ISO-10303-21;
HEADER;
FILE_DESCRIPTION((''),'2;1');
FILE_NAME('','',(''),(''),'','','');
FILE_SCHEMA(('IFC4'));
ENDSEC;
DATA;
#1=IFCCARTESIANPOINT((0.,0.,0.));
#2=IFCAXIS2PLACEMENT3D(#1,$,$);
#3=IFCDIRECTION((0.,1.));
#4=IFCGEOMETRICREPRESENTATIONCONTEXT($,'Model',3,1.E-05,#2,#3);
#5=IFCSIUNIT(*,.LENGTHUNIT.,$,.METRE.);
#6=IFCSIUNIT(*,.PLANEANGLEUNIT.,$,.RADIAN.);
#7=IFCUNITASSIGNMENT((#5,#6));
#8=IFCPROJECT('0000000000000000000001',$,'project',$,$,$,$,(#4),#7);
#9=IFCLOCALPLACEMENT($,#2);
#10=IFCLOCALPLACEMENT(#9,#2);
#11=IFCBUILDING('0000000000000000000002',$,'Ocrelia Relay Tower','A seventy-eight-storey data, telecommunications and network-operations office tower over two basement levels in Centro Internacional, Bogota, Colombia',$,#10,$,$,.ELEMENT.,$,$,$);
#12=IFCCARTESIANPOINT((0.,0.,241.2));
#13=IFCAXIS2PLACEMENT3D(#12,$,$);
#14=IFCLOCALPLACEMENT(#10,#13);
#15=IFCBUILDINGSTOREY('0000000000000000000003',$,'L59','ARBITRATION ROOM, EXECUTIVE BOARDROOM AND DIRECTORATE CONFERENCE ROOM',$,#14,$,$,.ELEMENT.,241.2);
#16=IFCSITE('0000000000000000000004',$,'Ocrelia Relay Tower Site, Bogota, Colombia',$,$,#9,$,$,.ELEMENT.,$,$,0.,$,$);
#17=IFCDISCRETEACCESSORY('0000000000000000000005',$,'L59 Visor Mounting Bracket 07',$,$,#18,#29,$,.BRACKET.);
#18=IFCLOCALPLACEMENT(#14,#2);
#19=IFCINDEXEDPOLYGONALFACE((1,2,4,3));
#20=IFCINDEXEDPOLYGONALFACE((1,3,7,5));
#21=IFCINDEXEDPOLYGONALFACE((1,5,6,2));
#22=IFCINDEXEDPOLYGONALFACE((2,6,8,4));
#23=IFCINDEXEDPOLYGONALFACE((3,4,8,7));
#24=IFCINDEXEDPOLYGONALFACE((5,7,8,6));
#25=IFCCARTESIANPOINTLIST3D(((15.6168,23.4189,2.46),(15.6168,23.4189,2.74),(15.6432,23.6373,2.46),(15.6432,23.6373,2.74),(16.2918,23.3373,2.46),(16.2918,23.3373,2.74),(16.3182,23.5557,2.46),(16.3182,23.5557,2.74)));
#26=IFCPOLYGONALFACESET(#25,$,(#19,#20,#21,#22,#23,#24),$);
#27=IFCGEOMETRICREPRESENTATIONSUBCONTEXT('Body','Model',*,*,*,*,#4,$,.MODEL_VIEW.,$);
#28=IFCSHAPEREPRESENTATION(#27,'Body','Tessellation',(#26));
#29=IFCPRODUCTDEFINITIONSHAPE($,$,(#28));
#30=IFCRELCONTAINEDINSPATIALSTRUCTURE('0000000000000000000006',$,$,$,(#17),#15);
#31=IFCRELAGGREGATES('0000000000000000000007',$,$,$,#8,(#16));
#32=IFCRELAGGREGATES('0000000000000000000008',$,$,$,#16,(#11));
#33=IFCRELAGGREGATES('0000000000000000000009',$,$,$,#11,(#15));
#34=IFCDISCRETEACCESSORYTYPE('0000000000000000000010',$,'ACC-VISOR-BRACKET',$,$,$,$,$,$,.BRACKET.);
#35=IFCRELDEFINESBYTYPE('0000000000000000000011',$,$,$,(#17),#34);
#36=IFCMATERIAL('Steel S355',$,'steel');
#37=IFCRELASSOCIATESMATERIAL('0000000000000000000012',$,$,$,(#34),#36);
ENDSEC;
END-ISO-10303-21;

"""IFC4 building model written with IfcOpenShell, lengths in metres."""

from ifc_helpers import new_model, si_unit, direction, frame, origin, origin_2d, place, context, subcontext, project, spatial, rectangle, extrude, material, type_object, element, save


model = new_model("IFC4")

# Units and contexts
model_context = context("Model", 3, precision=1e-05, world=origin(), true_north=direction((0.0, 1.0)))
body_context = subcontext(model_context, "Body", "Model", "MODEL_VIEW")
ifc_project = project(units=[si_unit("LENGTHUNIT", "METRE"), si_unit("PLANEANGLEUNIT", "RADIAN")], contexts=[model_context])

# Site, building, storey
site_placement = place(None, origin())
site = spatial("IfcSite", under=ifc_project, at=site_placement, Name="Ocrelia Relay Tower Site, Bogota, Colombia", CompositionType="ELEMENT", RefElevation=0.0)
building_placement = place(site_placement, origin())
building = spatial("IfcBuilding", under=site, at=building_placement, Name="Ocrelia Relay Tower", Description="A seventy-eight-storey data, telecommunications and network-operations office tower over two basement levels in Centro Internacional, Bogota, Colombia", CompositionType="ELEMENT")
storey_placement = place(building_placement, frame((0.0, 0.0, 241.2)))
storey = spatial("IfcBuildingStorey", under=building, at=storey_placement, Name="L59", Description="ARBITRATION ROOM, EXECUTIVE BOARDROOM AND DIRECTORATE CONFERENCE ROOM", CompositionType="ELEMENT", Elevation=241.2)

# Shared definitions
ifc_material_1 = material(Name="Steel S355", Category="steel")

# Discrete accessory
discrete_accessory_type = type_object("IfcDiscreteAccessoryType", Name="ACC-VISOR-BRACKET", PredefinedType="BRACKET", material=ifc_material_1)
for number, where, z_axis, x_axis, name in (
    (1, (15.9675, 23.4873, 2.46), (0.0, 0.0, 1.0), (-0.120078, -0.992764, 0.0), "L59 Visor Mounting Bracket 07"),
):
    element("IfcDiscreteAccessory", number, at=place(storey_placement, frame(where, z_axis=z_axis, x_axis=x_axis)), inside=storey, type_object=discrete_accessory_type, Name=name, PredefinedType="BRACKET", context=body_context, shape_type="SweptSolid", body=[
        extrude(rectangle(XDim=0.22, YDim=0.6799, at=origin_2d()), origin(), (0.0, 0.0, 1.0), 0.28),
    ])

save(model, "model.ifc")
